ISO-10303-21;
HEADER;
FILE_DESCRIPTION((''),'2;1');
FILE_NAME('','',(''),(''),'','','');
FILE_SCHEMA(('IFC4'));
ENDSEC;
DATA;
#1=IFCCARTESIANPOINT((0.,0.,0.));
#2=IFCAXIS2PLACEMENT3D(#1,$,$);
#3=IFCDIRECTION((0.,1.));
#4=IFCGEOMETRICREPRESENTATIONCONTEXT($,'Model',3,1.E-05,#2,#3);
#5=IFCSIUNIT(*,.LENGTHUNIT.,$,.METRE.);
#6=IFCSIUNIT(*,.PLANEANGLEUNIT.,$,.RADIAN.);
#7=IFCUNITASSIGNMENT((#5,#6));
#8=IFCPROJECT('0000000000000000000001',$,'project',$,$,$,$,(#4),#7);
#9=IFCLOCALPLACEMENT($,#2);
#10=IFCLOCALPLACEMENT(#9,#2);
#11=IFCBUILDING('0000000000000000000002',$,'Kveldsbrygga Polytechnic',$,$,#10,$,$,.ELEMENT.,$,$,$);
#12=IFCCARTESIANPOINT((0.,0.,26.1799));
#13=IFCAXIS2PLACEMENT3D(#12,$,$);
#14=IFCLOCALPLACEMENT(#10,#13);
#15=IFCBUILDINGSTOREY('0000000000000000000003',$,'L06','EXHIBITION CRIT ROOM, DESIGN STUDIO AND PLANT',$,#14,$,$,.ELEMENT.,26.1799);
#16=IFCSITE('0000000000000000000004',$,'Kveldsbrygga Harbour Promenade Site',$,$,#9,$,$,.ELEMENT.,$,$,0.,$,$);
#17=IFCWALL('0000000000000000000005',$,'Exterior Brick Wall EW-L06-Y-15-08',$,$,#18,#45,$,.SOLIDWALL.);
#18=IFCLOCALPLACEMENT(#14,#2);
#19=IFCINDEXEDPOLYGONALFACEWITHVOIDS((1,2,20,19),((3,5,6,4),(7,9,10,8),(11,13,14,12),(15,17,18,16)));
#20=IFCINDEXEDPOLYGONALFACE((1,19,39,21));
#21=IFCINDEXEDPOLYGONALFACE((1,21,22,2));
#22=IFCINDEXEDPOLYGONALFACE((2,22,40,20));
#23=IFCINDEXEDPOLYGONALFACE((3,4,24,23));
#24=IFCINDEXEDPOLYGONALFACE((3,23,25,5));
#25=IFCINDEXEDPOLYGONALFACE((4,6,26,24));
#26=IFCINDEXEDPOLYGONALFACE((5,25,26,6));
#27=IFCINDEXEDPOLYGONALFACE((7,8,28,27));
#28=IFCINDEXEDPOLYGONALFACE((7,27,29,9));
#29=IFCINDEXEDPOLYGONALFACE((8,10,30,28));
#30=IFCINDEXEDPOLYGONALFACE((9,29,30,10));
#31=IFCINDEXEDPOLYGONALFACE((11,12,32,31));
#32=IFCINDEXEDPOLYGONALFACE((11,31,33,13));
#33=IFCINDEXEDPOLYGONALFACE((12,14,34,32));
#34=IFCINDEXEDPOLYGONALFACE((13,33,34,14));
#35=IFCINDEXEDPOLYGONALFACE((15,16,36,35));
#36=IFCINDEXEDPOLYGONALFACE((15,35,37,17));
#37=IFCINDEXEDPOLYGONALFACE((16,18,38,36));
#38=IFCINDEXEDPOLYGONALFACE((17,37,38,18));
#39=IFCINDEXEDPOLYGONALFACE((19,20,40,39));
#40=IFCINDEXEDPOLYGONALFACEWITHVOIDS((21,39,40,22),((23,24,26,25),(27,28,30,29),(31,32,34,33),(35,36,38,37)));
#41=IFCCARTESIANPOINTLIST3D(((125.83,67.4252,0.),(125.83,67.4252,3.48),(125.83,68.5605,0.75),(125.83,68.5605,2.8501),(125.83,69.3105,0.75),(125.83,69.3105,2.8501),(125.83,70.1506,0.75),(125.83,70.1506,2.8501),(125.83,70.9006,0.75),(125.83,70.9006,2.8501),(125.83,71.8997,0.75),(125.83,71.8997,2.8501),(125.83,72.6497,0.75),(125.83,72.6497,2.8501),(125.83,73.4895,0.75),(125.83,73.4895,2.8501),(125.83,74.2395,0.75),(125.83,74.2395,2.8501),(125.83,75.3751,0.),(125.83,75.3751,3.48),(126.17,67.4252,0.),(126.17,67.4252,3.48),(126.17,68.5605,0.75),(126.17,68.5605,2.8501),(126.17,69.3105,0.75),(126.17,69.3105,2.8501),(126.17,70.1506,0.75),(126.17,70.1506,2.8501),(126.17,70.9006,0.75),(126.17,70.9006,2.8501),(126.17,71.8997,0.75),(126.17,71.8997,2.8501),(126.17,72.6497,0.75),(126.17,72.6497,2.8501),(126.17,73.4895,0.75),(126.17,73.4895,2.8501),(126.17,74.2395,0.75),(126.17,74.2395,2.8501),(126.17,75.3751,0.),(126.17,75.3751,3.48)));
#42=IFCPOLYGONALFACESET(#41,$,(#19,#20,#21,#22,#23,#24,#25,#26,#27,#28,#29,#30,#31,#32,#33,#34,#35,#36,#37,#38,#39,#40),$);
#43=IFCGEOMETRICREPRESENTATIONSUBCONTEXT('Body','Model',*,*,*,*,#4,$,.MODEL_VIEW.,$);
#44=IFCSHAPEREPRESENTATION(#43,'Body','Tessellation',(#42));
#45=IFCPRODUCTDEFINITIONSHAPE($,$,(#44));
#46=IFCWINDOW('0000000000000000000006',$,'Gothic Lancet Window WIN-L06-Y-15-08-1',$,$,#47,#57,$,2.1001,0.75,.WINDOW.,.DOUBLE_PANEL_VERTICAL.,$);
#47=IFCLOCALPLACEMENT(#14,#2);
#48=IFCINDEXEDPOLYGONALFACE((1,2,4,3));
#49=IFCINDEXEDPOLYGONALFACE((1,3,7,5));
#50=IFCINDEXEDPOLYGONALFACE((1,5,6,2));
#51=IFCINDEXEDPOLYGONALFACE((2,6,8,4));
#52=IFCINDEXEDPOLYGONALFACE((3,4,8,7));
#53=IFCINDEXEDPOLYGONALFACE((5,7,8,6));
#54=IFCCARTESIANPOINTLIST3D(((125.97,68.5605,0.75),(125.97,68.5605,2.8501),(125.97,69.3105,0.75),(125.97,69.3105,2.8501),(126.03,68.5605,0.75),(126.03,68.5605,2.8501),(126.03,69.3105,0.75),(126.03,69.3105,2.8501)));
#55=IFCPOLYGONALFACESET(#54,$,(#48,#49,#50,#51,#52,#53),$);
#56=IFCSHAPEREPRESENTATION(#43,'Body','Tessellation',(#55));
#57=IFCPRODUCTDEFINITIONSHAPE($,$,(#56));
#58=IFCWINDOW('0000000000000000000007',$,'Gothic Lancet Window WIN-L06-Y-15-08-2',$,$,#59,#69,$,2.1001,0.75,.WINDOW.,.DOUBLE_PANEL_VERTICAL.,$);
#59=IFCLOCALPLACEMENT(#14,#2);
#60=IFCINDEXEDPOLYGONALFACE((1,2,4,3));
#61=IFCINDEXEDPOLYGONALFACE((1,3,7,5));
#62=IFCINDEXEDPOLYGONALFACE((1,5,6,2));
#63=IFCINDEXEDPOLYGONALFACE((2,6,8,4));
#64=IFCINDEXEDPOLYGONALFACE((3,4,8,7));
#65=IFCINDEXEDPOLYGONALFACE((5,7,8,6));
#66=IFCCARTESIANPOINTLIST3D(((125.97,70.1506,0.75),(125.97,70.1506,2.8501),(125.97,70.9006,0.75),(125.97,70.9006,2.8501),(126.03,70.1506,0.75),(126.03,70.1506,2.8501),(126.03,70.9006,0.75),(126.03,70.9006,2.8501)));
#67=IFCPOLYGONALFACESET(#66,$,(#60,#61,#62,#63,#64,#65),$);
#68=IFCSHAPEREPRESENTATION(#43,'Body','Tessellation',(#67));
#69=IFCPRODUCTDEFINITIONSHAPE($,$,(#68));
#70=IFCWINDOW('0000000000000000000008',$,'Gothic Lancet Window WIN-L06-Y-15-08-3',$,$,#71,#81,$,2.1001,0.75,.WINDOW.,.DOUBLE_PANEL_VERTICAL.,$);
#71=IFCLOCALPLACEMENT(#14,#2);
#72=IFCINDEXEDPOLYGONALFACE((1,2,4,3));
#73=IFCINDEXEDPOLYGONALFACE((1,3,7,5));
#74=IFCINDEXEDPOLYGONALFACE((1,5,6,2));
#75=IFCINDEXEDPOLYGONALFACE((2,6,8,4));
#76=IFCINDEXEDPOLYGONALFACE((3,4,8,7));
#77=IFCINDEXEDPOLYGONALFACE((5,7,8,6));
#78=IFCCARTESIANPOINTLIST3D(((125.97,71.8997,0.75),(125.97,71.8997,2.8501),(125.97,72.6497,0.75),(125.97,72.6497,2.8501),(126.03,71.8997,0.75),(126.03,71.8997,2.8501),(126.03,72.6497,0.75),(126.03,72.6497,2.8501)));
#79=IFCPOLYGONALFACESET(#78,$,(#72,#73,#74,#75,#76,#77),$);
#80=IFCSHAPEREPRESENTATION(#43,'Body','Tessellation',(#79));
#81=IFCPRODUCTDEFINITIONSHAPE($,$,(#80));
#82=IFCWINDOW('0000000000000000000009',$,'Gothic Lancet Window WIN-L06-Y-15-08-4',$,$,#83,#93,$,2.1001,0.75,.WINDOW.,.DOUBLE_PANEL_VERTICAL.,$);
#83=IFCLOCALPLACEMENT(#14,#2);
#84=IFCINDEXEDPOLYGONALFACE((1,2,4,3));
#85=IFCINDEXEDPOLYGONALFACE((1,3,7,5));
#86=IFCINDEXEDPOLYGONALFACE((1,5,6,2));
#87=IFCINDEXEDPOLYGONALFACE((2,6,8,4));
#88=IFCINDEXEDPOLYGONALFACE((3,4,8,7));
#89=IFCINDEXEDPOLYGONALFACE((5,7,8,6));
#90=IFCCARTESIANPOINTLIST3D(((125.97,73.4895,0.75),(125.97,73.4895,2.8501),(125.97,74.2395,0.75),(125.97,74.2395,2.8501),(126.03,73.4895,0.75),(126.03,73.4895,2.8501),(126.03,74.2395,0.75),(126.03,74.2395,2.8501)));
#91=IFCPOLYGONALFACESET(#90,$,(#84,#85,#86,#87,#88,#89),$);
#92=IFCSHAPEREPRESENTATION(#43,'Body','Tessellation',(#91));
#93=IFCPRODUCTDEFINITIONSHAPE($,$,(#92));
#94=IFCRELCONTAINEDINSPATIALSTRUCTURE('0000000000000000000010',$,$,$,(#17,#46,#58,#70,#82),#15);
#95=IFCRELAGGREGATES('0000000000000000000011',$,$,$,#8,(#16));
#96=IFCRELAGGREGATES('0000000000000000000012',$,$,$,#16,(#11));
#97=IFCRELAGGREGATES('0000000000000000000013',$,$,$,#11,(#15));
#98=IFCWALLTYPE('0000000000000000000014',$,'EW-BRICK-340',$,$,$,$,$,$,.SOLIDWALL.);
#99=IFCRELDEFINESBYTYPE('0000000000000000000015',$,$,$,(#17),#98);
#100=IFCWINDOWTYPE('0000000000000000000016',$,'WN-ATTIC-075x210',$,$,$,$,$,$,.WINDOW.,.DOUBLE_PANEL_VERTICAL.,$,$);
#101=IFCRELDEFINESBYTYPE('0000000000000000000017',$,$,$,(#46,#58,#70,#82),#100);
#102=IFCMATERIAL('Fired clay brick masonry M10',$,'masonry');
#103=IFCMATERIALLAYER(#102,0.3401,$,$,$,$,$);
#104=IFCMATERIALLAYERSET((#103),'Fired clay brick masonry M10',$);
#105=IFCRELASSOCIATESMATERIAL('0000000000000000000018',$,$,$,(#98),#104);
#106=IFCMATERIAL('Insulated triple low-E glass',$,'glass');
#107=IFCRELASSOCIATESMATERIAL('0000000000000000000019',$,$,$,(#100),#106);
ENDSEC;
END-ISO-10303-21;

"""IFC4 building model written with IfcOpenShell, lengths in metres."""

from ifc_helpers import new_model, si_unit, direction, frame, frame_2d, origin, place, context, subcontext, project, spatial, rectangle, extrude, material, layer, layer_set, type_object, element, fill, save


model = new_model("IFC4")

# Units and contexts
model_context = context("Model", 3, precision=1e-05, world=origin(), true_north=direction((0.0, 1.0)))
body_context = subcontext(model_context, "Body", "Model", "MODEL_VIEW")
ifc_project = project(units=[si_unit("LENGTHUNIT", "METRE"), si_unit("PLANEANGLEUNIT", "RADIAN")], contexts=[model_context])

# Site, building, storey
site_placement = place(None, origin())
site = spatial("IfcSite", under=ifc_project, at=site_placement, Name="Kveldsbrygga Harbour Promenade Site", CompositionType="ELEMENT", RefElevation=0.0)
building_placement = place(site_placement, origin())
building = spatial("IfcBuilding", under=site, at=building_placement, Name="Kveldsbrygga Polytechnic", CompositionType="ELEMENT")
storey_placement = place(building_placement, frame((0.0, 0.0, 26.1799)))
storey = spatial("IfcBuildingStorey", under=building, at=storey_placement, Name="L06", Description="EXHIBITION CRIT ROOM, DESIGN STUDIO AND PLANT", CompositionType="ELEMENT", Elevation=26.1799)

# Wall, openings, windows
ifc_material_1 = material(Name="Fired clay brick masonry M10", Category="masonry")
ifc_layer_1 = layer(ifc_material_1, 0.3401)
ifc_layer_set_1 = layer_set([ifc_layer_1], Name="Fired clay brick masonry M10")
wall_type = type_object("IfcWallType", Name="EW-BRICK-340", PredefinedType="SOLIDWALL", material=ifc_layer_set_1)
ifc_material_2 = material(Name="Insulated triple low-E glass", Category="glass")
window_type_1 = type_object("IfcWindowType", Name="WN-ATTIC-075x210", PartitioningType="DOUBLE_PANEL_VERTICAL", PredefinedType="WINDOW", material=ifc_material_2)
wall_1_placement = place(storey_placement, frame((126.0, 67.425, 0.0), z_axis=(0.0, 0.0, 1.0), x_axis=(0.0, 1.0, 0.0)))
wall_1 = element("IfcWall", 1, at=wall_1_placement, inside=storey, type_object=wall_type, Name="Exterior Brick Wall EW-L06-Y-15-08", PredefinedType="SOLIDWALL", context=body_context, shape_type="SweptSolid", body=[
    extrude(rectangle(XDim=7.95, YDim=0.3401, at=frame_2d((3.9751, 0.0))), origin(), (0.0, 0.0, 1.0), 3.48),
])
opening_1_placement = place(wall_1_placement, frame((1.1355, 0.0, 0.75)))
opening_1 = element("IfcOpeningElement", 2, at=opening_1_placement, cuts=wall_1, PredefinedType="OPENING", context=body_context, shape_type="SweptSolid", body=[
    extrude(rectangle(XDim=0.75, YDim=2.1001, at=frame_2d((0.375, 1.05))), frame((0.0, 0.1802, 0.0), z_axis=(0.0, -1.0, 0.0), x_axis=(1.0, 0.0, 0.0)), (0.0, 0.0, 1.0), 0.3601),
])
opening_2_placement = place(wall_1_placement, frame((2.7256, 0.0, 0.75)))
opening_2 = element("IfcOpeningElement", 3, at=opening_2_placement, cuts=wall_1, PredefinedType="OPENING", context=body_context, shape_type="SweptSolid", body=[
    extrude(rectangle(XDim=0.75, YDim=2.1001, at=frame_2d((0.375, 1.05))), frame((0.0, 0.1802, 0.0), z_axis=(0.0, -1.0, 0.0), x_axis=(1.0, 0.0, 0.0)), (0.0, 0.0, 1.0), 0.3601),
])
opening_3_placement = place(wall_1_placement, frame((4.4746, 0.0, 0.75)))
opening_3 = element("IfcOpeningElement", 4, at=opening_3_placement, cuts=wall_1, PredefinedType="OPENING", context=body_context, shape_type="SweptSolid", body=[
    extrude(rectangle(XDim=0.75, YDim=2.1001, at=frame_2d((0.375, 1.05))), frame((0.0, 0.1802, 0.0), z_axis=(0.0, -1.0, 0.0), x_axis=(1.0, 0.0, 0.0)), (0.0, 0.0, 1.0), 0.3601),
])
opening_4_placement = place(wall_1_placement, frame((6.0645, 0.0, 0.75)))
opening_4 = element("IfcOpeningElement", 5, at=opening_4_placement, cuts=wall_1, PredefinedType="OPENING", context=body_context, shape_type="SweptSolid", body=[
    extrude(rectangle(XDim=0.75, YDim=2.1001, at=frame_2d((0.375, 1.05))), frame((0.0, 0.1802, 0.0), z_axis=(0.0, -1.0, 0.0), x_axis=(1.0, 0.0, 0.0)), (0.0, 0.0, 1.0), 0.3601),
])
window_1_placement = place(opening_1_placement, origin())
window_1 = element("IfcWindow", 6, at=window_1_placement, inside=storey, type_object=window_type_1, Name="Gothic Lancet Window WIN-L06-Y-15-08-1", OverallHeight=2.1001, OverallWidth=0.75, PartitioningType="DOUBLE_PANEL_VERTICAL", PredefinedType="WINDOW", context=body_context, shape_type="SweptSolid", body=[
    extrude(rectangle(XDim=0.75, YDim=2.1001, at=frame_2d((0.375, 1.05))), frame((0.0, 0.03, 0.0), z_axis=(0.0, -1.0, 0.0), x_axis=(1.0, 0.0, 0.0)), (0.0, 0.0, 1.0), 0.0601),
])
fill(opening_1, window_1)
window_2_placement = place(opening_2_placement, origin())
window_2 = element("IfcWindow", 7, at=window_2_placement, inside=storey, type_object=window_type_1, Name="Gothic Lancet Window WIN-L06-Y-15-08-2", OverallHeight=2.1001, OverallWidth=0.75, PartitioningType="DOUBLE_PANEL_VERTICAL", PredefinedType="WINDOW", context=body_context, shape_type="SweptSolid", body=[
    extrude(rectangle(XDim=0.75, YDim=2.1001, at=frame_2d((0.375, 1.05))), frame((0.0, 0.03, 0.0), z_axis=(0.0, -1.0, 0.0), x_axis=(1.0, 0.0, 0.0)), (0.0, 0.0, 1.0), 0.0601),
])
fill(opening_2, window_2)
window_3_placement = place(opening_3_placement, origin())
window_3 = element("IfcWindow", 8, at=window_3_placement, inside=storey, type_object=window_type_1, Name="Gothic Lancet Window WIN-L06-Y-15-08-3", OverallHeight=2.1001, OverallWidth=0.75, PartitioningType="DOUBLE_PANEL_VERTICAL", PredefinedType="WINDOW", context=body_context, shape_type="SweptSolid", body=[
    extrude(rectangle(XDim=0.75, YDim=2.1001, at=frame_2d((0.375, 1.05))), frame((0.0, 0.03, 0.0), z_axis=(0.0, -1.0, 0.0), x_axis=(1.0, 0.0, 0.0)), (0.0, 0.0, 1.0), 0.0601),
])
fill(opening_3, window_3)
window_4_placement = place(opening_4_placement, origin())
window_4 = element("IfcWindow", 9, at=window_4_placement, inside=storey, type_object=window_type_1, Name="Gothic Lancet Window WIN-L06-Y-15-08-4", OverallHeight=2.1001, OverallWidth=0.75, PartitioningType="DOUBLE_PANEL_VERTICAL", PredefinedType="WINDOW", context=body_context, shape_type="SweptSolid", body=[
    extrude(rectangle(XDim=0.75, YDim=2.1001, at=frame_2d((0.375, 1.05))), frame((0.0, 0.03, 0.0), z_axis=(0.0, -1.0, 0.0), x_axis=(1.0, 0.0, 0.0)), (0.0, 0.0, 1.0), 0.0601),
])
fill(opening_4, window_4)

save(model, "model.ifc")
